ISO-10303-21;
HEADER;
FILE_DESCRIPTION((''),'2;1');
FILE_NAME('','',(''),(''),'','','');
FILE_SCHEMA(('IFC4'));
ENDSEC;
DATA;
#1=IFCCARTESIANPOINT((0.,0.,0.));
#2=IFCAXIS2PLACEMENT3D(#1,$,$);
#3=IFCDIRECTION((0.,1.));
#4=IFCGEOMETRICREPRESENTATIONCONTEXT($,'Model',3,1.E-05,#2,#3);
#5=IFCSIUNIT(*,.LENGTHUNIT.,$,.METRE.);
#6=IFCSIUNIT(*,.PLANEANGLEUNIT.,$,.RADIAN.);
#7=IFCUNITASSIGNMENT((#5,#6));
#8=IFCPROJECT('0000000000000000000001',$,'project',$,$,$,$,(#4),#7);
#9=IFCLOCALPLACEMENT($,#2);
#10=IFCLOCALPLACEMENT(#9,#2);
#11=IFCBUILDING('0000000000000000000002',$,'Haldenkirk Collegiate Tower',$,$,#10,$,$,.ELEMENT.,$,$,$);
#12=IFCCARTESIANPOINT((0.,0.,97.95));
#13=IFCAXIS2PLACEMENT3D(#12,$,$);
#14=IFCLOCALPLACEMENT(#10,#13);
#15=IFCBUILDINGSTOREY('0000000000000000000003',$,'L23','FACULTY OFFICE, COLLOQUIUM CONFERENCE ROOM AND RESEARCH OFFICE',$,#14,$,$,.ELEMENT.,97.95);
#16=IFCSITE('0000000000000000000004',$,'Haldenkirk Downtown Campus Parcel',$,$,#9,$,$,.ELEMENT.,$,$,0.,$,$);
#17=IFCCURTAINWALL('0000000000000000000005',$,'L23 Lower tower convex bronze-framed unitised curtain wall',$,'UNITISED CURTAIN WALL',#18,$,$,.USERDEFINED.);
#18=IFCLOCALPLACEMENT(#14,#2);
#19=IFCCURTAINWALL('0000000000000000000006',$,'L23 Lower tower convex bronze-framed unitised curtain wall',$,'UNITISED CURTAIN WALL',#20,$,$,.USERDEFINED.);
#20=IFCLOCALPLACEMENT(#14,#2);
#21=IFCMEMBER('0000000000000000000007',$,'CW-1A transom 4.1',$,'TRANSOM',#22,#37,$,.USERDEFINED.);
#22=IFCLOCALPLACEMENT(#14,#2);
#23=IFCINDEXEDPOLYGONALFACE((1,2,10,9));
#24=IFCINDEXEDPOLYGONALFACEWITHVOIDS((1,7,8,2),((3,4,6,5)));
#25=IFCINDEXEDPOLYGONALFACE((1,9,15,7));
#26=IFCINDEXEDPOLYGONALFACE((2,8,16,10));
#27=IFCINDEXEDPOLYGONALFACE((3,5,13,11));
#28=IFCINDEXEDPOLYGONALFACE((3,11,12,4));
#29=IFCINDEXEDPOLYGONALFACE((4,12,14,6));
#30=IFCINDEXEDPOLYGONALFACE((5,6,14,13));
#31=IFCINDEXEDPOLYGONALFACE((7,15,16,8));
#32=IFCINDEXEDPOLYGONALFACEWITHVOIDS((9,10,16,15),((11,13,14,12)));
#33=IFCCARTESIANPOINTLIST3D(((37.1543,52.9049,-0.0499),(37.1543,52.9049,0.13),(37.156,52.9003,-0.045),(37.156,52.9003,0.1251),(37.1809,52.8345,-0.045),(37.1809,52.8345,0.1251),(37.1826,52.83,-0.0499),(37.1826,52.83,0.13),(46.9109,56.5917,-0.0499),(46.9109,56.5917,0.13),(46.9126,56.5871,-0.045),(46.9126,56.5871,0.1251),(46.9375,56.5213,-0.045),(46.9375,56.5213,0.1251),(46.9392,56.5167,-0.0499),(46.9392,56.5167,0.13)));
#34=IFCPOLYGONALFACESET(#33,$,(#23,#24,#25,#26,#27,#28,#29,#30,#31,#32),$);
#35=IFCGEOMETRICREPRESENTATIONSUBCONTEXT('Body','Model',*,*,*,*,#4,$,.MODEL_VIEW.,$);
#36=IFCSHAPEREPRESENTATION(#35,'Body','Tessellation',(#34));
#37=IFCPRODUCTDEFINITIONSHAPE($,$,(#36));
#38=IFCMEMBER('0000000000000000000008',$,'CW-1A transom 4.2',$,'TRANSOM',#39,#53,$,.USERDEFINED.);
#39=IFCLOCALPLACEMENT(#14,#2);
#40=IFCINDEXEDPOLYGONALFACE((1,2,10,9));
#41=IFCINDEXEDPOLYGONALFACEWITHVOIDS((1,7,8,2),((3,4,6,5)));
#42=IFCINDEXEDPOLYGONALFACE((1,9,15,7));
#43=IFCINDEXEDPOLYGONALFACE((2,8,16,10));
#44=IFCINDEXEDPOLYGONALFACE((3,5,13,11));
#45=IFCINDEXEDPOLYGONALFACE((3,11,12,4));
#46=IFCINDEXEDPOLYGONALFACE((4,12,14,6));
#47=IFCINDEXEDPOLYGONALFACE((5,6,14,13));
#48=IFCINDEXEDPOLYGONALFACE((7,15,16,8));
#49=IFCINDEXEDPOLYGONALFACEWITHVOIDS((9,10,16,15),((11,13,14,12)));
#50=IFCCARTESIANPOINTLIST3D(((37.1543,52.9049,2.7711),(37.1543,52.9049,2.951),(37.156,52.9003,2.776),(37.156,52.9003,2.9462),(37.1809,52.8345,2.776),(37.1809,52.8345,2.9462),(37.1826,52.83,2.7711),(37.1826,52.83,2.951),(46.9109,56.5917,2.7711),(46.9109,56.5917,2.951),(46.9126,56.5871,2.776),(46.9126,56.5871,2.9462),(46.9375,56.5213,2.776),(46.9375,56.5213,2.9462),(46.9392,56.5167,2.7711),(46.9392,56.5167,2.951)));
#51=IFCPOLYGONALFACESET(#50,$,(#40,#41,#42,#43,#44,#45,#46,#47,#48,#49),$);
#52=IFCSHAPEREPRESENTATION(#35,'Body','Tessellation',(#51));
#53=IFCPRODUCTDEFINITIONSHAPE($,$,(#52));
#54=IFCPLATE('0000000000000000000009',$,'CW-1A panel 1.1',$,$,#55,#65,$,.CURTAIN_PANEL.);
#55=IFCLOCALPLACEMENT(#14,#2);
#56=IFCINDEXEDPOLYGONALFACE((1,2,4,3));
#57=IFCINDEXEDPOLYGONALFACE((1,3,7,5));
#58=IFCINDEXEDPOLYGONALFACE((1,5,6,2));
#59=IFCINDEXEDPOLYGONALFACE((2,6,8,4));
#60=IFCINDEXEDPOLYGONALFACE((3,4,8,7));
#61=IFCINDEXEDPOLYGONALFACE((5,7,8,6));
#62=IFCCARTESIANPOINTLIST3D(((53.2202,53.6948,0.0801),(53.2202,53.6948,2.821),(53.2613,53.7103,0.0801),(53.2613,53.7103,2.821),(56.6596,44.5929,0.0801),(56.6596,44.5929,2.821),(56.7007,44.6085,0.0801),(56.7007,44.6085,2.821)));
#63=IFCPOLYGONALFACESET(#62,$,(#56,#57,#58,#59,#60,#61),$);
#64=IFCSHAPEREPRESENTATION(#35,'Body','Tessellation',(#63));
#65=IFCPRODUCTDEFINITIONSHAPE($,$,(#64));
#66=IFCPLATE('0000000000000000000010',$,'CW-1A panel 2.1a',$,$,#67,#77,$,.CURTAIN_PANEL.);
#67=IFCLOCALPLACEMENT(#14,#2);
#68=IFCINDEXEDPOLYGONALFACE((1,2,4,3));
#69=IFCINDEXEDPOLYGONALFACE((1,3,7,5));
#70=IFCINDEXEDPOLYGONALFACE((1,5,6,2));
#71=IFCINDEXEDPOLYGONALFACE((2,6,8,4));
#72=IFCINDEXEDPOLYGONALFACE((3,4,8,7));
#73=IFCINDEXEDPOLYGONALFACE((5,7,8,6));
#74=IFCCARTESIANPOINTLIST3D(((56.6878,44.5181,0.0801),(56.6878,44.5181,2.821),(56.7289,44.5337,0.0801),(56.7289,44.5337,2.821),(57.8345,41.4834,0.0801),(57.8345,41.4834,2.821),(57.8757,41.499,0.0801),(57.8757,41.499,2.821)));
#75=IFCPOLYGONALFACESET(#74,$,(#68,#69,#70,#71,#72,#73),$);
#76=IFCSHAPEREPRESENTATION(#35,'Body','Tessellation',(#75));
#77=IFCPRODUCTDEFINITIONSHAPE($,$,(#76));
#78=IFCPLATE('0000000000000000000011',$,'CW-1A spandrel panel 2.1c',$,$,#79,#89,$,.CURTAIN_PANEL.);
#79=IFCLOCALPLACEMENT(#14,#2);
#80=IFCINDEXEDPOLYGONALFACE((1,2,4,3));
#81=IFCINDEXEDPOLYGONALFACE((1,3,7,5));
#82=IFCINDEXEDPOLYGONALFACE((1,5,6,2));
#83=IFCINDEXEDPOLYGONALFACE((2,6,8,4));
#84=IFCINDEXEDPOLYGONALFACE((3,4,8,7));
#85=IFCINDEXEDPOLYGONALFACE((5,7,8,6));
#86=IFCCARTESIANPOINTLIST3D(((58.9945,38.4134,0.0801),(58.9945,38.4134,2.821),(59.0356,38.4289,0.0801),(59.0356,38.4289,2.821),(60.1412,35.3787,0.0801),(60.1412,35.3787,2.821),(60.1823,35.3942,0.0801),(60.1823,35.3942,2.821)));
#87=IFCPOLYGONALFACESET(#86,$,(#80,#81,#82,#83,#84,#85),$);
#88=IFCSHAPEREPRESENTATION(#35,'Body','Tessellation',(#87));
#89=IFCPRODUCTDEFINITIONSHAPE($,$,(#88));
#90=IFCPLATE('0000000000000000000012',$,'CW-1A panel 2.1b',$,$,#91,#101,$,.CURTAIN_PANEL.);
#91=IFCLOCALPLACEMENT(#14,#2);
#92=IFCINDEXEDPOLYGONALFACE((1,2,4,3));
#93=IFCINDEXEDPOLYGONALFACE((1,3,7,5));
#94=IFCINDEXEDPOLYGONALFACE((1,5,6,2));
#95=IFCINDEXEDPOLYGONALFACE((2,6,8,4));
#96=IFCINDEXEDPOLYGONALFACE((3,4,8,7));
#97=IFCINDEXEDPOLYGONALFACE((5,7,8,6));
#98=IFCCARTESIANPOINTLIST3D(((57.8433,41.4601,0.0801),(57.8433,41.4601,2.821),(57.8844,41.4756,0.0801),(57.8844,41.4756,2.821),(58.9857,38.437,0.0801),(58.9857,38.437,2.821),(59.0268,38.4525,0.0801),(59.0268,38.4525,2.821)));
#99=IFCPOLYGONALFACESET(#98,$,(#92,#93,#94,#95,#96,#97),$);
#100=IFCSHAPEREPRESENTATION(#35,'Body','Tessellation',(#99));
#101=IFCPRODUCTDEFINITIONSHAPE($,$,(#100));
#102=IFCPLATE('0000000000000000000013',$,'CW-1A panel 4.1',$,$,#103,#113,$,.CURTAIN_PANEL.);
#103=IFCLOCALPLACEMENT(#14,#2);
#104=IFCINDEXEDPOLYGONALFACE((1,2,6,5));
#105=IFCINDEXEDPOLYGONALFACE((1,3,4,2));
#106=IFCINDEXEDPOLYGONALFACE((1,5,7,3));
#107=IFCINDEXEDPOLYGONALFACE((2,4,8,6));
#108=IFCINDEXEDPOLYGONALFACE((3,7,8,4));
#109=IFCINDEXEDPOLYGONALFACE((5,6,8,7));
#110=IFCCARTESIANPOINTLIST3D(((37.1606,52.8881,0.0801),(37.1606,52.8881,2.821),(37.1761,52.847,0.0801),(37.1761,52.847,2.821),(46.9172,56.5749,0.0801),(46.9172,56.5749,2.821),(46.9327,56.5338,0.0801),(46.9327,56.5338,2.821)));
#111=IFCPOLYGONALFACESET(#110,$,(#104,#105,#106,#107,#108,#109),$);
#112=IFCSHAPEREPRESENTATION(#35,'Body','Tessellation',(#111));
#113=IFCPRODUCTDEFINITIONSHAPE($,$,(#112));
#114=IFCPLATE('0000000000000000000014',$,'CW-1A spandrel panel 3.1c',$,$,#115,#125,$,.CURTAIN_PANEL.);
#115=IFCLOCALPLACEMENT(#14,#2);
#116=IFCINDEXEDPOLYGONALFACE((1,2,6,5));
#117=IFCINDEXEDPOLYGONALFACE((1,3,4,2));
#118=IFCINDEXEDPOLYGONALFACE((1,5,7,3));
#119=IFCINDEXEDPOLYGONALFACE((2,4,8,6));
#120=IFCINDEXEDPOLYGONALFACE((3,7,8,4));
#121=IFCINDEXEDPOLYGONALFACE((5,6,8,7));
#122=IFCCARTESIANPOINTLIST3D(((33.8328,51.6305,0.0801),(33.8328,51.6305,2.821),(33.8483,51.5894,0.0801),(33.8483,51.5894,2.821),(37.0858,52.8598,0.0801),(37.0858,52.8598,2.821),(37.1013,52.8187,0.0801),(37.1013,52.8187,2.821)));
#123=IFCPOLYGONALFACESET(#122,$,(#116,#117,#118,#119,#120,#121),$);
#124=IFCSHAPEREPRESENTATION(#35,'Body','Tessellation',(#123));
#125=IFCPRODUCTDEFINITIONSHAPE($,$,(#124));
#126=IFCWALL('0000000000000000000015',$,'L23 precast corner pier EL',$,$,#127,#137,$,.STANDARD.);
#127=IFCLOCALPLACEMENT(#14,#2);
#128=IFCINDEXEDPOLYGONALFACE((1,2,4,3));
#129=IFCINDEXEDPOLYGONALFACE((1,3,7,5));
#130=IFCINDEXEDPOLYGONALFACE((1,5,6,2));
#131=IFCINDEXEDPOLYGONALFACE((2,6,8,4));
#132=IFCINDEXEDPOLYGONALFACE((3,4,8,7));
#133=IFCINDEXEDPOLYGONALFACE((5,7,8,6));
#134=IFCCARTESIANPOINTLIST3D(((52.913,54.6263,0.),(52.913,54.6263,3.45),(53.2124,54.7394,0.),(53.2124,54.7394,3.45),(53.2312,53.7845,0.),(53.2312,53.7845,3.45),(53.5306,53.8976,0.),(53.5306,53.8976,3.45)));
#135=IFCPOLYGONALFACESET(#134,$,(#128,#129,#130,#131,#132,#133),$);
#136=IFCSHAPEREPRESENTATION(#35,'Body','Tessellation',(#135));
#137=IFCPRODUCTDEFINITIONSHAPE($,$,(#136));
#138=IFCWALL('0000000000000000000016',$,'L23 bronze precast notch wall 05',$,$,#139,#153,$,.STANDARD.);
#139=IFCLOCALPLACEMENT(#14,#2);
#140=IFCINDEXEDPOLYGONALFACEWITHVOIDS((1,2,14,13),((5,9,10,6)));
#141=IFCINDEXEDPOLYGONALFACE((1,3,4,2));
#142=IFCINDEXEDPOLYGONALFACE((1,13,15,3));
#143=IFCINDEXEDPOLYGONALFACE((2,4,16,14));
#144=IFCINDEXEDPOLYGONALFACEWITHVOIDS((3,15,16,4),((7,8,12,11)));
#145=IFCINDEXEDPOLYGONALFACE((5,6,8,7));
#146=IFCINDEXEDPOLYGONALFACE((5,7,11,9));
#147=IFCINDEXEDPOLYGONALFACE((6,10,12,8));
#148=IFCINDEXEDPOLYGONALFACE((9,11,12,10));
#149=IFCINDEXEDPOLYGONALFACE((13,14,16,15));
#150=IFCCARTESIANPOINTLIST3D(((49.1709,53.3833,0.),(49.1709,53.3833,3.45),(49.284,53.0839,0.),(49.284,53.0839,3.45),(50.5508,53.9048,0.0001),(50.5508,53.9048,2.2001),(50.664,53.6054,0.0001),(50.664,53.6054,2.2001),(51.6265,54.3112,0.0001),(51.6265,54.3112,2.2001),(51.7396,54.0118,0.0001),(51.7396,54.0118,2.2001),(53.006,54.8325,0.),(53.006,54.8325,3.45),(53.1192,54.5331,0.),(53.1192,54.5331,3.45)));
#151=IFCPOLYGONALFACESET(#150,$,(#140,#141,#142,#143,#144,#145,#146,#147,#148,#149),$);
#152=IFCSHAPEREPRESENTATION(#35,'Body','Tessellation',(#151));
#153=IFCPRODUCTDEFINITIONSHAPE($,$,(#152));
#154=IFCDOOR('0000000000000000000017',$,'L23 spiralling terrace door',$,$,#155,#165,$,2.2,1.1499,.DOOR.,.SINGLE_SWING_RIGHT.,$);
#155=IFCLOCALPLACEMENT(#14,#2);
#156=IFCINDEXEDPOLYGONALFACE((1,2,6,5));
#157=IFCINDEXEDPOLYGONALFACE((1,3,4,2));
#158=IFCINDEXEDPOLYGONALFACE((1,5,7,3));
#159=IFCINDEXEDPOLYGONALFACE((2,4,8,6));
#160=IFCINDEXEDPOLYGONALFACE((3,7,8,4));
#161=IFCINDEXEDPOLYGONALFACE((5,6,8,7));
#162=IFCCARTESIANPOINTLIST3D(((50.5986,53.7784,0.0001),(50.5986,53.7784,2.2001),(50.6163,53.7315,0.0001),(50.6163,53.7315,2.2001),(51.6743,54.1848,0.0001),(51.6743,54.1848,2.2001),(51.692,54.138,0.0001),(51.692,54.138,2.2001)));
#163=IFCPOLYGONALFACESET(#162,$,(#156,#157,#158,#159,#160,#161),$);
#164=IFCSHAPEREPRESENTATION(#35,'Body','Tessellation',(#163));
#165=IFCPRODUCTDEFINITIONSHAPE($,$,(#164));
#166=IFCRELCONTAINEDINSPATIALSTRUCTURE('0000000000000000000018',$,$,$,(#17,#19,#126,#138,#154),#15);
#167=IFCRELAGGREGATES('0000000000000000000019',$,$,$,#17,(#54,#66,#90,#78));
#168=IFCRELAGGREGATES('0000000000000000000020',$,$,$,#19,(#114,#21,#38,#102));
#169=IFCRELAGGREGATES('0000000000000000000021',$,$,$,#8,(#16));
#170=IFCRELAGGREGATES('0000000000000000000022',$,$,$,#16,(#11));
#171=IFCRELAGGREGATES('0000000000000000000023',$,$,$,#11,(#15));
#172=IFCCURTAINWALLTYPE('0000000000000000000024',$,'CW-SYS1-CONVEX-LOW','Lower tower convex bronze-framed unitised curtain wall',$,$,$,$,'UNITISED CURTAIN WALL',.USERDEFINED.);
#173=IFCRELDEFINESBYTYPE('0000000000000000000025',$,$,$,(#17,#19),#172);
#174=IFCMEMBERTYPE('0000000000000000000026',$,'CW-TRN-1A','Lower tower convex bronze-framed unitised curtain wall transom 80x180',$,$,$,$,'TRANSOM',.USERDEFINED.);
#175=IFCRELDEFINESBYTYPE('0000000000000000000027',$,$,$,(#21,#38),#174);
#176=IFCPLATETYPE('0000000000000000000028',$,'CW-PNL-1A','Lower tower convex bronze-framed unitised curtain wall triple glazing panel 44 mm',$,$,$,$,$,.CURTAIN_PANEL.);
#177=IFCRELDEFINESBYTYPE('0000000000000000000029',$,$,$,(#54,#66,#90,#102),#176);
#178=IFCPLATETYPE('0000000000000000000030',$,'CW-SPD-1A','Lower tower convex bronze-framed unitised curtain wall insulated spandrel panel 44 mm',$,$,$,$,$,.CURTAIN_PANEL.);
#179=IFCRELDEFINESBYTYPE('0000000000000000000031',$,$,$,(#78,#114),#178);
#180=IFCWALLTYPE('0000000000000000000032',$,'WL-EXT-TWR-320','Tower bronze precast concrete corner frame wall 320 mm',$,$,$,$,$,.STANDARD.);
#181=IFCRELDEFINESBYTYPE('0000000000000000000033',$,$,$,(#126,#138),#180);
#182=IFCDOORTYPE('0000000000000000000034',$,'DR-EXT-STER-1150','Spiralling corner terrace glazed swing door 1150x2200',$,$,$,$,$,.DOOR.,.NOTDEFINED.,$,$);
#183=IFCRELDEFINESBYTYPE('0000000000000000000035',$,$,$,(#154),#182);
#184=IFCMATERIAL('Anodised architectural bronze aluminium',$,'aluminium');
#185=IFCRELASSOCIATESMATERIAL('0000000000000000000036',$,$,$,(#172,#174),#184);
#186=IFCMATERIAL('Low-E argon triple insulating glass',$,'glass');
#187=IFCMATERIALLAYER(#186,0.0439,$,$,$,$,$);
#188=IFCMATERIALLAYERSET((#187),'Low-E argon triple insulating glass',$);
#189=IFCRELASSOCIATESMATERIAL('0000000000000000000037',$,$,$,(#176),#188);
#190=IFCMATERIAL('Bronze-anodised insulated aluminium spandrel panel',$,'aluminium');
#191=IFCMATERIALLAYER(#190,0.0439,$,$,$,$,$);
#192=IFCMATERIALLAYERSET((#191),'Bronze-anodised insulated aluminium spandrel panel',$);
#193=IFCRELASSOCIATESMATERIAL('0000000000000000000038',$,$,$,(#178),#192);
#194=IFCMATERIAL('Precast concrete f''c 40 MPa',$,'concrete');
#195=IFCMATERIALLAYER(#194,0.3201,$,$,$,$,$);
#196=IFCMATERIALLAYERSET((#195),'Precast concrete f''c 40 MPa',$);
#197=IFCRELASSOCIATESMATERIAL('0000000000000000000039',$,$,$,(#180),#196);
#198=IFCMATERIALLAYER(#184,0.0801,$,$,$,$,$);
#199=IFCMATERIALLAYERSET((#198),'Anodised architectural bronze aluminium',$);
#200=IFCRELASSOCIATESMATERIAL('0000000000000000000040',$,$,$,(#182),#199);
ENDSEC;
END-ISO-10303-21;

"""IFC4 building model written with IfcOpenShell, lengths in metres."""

from ifc_helpers import new_model, si_unit, direction, frame, frame_2d, origin, origin_2d, place, context, subcontext, project, spatial, rectangle, hollow_rectangle, extrude, source, transform, mapped, material, layer, layer_set, material_profile, profile_set, type_object, element, fill, aggregate, save


model = new_model("IFC4")

# Units and contexts
model_context = context("Model", 3, precision=1e-05, world=origin(), true_north=direction((0.0, 1.0)))
body_context = subcontext(model_context, "Body", "Model", "MODEL_VIEW")
ifc_project = project(units=[si_unit("LENGTHUNIT", "METRE"), si_unit("PLANEANGLEUNIT", "RADIAN")], contexts=[model_context])

# Site, building, storey
site_placement = place(None, origin())
site = spatial("IfcSite", under=ifc_project, at=site_placement, Name="Haldenkirk Downtown Campus Parcel", CompositionType="ELEMENT", RefElevation=0.0)
building_placement = place(site_placement, origin())
building = spatial("IfcBuilding", under=site, at=building_placement, Name="Haldenkirk Collegiate Tower", CompositionType="ELEMENT")
storey_placement = place(building_placement, frame((0.0, 0.0, 97.95)))
storey = spatial("IfcBuildingStorey", under=building, at=storey_placement, Name="L23", Description="FACULTY OFFICE, COLLOQUIUM CONFERENCE ROOM AND RESEARCH OFFICE", CompositionType="ELEMENT", Elevation=97.95)

# Curtain walls
ifc_material_1 = material(Name="Anodised architectural bronze aluminium", Category="aluminium")
curtain_wall_type = type_object("IfcCurtainWallType", Name="CW-SYS1-CONVEX-LOW", Description="Lower tower convex bronze-framed unitised curtain wall", ElementType="UNITISED CURTAIN WALL", PredefinedType="USERDEFINED", material=ifc_material_1)
curtain_wall_1_placement = place(storey_placement, origin())
curtain_wall_1 = element("IfcCurtainWall", 1, at=curtain_wall_1_placement, inside=storey, type_object=curtain_wall_type, Name="L23 Lower tower convex bronze-framed unitised curtain wall", ObjectType="UNITISED CURTAIN WALL", PredefinedType="USERDEFINED")
curtain_wall_2_placement = place(storey_placement, origin())
curtain_wall_2 = element("IfcCurtainWall", 2, at=curtain_wall_2_placement, inside=storey, type_object=curtain_wall_type, Name="L23 Lower tower convex bronze-framed unitised curtain wall", ObjectType="UNITISED CURTAIN WALL", PredefinedType="USERDEFINED")

# Members
ifc_material_profile_1 = material_profile(ifc_material_1, hollow_rectangle(XDim=0.0801, YDim=0.1799, WallThickness=0.0049, at=origin_2d()), Name="CW-TRN-1A")
ifc_profile_set_1 = profile_set([ifc_material_profile_1], Name="Anodised architectural bronze aluminium")
member_type_1 = type_object("IfcMemberType", Name="CW-TRN-1A", Description="Lower tower convex bronze-framed unitised curtain wall transom 80x180", ElementType="TRANSOM", PredefinedType="USERDEFINED", material=ifc_profile_set_1)
member_1_placement = place(storey_placement, frame((37.1685, 52.8674, 0.04), z_axis=(0.935442, 0.35348, 0.0), x_axis=(-0.35348, 0.935442, 0.0)))
member_1 = element("IfcMember", 3, at=member_1_placement, type_object=member_type_1, Name="CW-1A transom 4.1", ObjectType="TRANSOM", PredefinedType="USERDEFINED", context=body_context, shape_type="SweptSolid", body=[
    extrude(hollow_rectangle(XDim=0.0801, YDim=0.1799, WallThickness=0.0049, at=origin_2d()), origin(), (0.0, 0.0, 1.0), 10.4299),
])
member_2_placement = place(storey_placement, frame((37.1685, 52.8674, 2.8611), z_axis=(0.935442, 0.35348, 0.0), x_axis=(-0.35348, 0.935442, 0.0)))
member_2 = element("IfcMember", 4, at=member_2_placement, type_object=member_type_1, Name="CW-1A transom 4.2", ObjectType="TRANSOM", PredefinedType="USERDEFINED", context=body_context, shape_type="SweptSolid", body=[
    extrude(hollow_rectangle(XDim=0.0801, YDim=0.1799, WallThickness=0.0049, at=origin_2d()), origin(), (0.0, 0.0, 1.0), 10.4299),
])

# Plates
ifc_material_2 = material(Name="Low-E argon triple insulating glass", Category="glass")
ifc_layer_1 = layer(ifc_material_2, 0.0439)
ifc_layer_set_1 = layer_set([ifc_layer_1], Name="Low-E argon triple insulating glass")
plate_type_1 = type_object("IfcPlateType", Name="CW-PNL-1A", Description="Lower tower convex bronze-framed unitised curtain wall triple glazing panel 44 mm", PredefinedType="CURTAIN_PANEL", material=ifc_layer_set_1)
shared_shape_1 = source(origin(), body_context, "Body", "SweptSolid", [
    extrude(rectangle(XDim=9.73, YDim=0.0439, at=origin_2d()), origin(), (0.0, 0.0, 1.0), 2.741),
])
plate_1_placement = place(storey_placement, frame((54.9604, 49.1516, 0.0801), z_axis=(0.0, 0.0, 1.0), x_axis=(0.353477, -0.935443, 0.0)))
plate_1 = element("IfcPlate", 5, at=plate_1_placement, type_object=plate_type_1, Name="CW-1A panel 1.1", PredefinedType="CURTAIN_PANEL", context=body_context, shape_type="MappedRepresentation", body=[
    mapped(shared_shape_1, transform((0.0, 0.0, 0.0), x_axis=(1.0, 0.0, 0.0), y_axis=(0.0, 1.0, 0.0), z_axis=(0.0, 0.0, 1.0), scale=1.0)),
])
shared_shape_2 = source(origin(), body_context, "Body", "SweptSolid", [
    extrude(rectangle(XDim=3.2441, YDim=0.0439, at=origin_2d()), origin(), (0.0, 0.0, 1.0), 2.741),
])
plate_2_placement = place(storey_placement, frame((57.2817, 43.0085, 0.0801), z_axis=(0.0, 0.0, 1.0), x_axis=(0.353477, -0.935443, 0.0)))
plate_2 = element("IfcPlate", 6, at=plate_2_placement, type_object=plate_type_1, Name="CW-1A panel 2.1a", PredefinedType="CURTAIN_PANEL", context=body_context, shape_type="MappedRepresentation", body=[
    mapped(shared_shape_2, transform((0.0, 0.0, 0.0), x_axis=(1.0, 0.0, 0.0), y_axis=(0.0, 1.0, 0.0), z_axis=(0.0, 0.0, 1.0), scale=1.0)),
])
ifc_material_3 = material(Name="Bronze-anodised insulated aluminium spandrel panel", Category="aluminium")
ifc_layer_2 = layer(ifc_material_3, 0.0439)
ifc_layer_set_2 = layer_set([ifc_layer_2], Name="Bronze-anodised insulated aluminium spandrel panel")
plate_type_2 = type_object("IfcPlateType", Name="CW-SPD-1A", Description="Lower tower convex bronze-framed unitised curtain wall insulated spandrel panel 44 mm", PredefinedType="CURTAIN_PANEL", material=ifc_layer_set_2)
plate_3_placement = place(storey_placement, frame((59.5884, 36.9038, 0.0801), z_axis=(0.0, 0.0, 1.0), x_axis=(0.353477, -0.935443, 0.0)))
plate_3 = element("IfcPlate", 7, at=plate_3_placement, type_object=plate_type_2, Name="CW-1A spandrel panel 2.1c", PredefinedType="CURTAIN_PANEL", context=body_context, shape_type="MappedRepresentation", body=[
    mapped(shared_shape_2, transform((0.0, 0.0, 0.0), x_axis=(1.0, 0.0, 0.0), y_axis=(0.0, 1.0, 0.0), z_axis=(0.0, 0.0, 1.0), scale=1.0)),
])
shared_shape_3 = source(origin(), body_context, "Body", "SweptSolid", [
    extrude(rectangle(XDim=3.2317, YDim=0.0439, at=origin_2d()), origin(), (0.0, 0.0, 1.0), 2.741),
])
plate_4_placement = place(storey_placement, frame((58.4351, 39.9563, 0.0801), z_axis=(0.0, 0.0, 1.0), x_axis=(0.353477, -0.935443, 0.0)))
plate_4 = element("IfcPlate", 8, at=plate_4_placement, type_object=plate_type_1, Name="CW-1A panel 2.1b", PredefinedType="CURTAIN_PANEL", context=body_context, shape_type="MappedRepresentation", body=[
    mapped(shared_shape_3, transform((0.0, 0.0, 0.0), x_axis=(1.0, 0.0, 0.0), y_axis=(0.0, 1.0, 0.0), z_axis=(0.0, 0.0, 1.0), scale=1.0)),
])
aggregate(curtain_wall_1, [plate_1, plate_2, plate_4, plate_3])
shared_shape_4 = source(origin(), body_context, "Body", "SweptSolid", [
    extrude(rectangle(XDim=10.4299, YDim=0.0439, at=origin_2d()), origin(), (0.0, 0.0, 1.0), 2.741),
])
plate_5_placement = place(storey_placement, frame((42.0466, 54.7109, 0.0801), z_axis=(0.0, 0.0, 1.0), x_axis=(0.935443, 0.353476, 0.0)))
plate_5 = element("IfcPlate", 9, at=plate_5_placement, type_object=plate_type_1, Name="CW-1A panel 4.1", PredefinedType="CURTAIN_PANEL", context=body_context, shape_type="MappedRepresentation", body=[
    mapped(shared_shape_4, transform((0.0, 0.0, 0.0), x_axis=(1.0, 0.0, 0.0), y_axis=(0.0, 1.0, 0.0), z_axis=(0.0, 0.0, 1.0), scale=1.0)),
])
shared_shape_5 = source(origin(), body_context, "Body", "SweptSolid", [
    extrude(rectangle(XDim=3.4775, YDim=0.0439, at=origin_2d()), origin(), (0.0, 0.0, 1.0), 2.741),
])
plate_6_placement = place(storey_placement, frame((35.467, 52.2246, 0.0801), z_axis=(0.0, 0.0, 1.0), x_axis=(0.935443, 0.353476, 0.0)))
plate_6 = element("IfcPlate", 10, at=plate_6_placement, type_object=plate_type_2, Name="CW-1A spandrel panel 3.1c", PredefinedType="CURTAIN_PANEL", context=body_context, shape_type="MappedRepresentation", body=[
    mapped(shared_shape_5, transform((0.0, 0.0, 0.0), x_axis=(1.0, 0.0, 0.0), y_axis=(0.0, 1.0, 0.0), z_axis=(0.0, 0.0, 1.0), scale=1.0)),
])
aggregate(curtain_wall_2, [plate_6, member_1, member_2, plate_5])

# Wall
ifc_material_4 = material(Name="Precast concrete f'c 40 MPa", Category="concrete")
ifc_layer_3 = layer(ifc_material_4, 0.3201)
ifc_layer_set_3 = layer_set([ifc_layer_3], Name="Precast concrete f'c 40 MPa")
wall_type_1 = type_object("IfcWallType", Name="WL-EXT-TWR-320", Description="Tower bronze precast concrete corner frame wall 320 mm", PredefinedType="STANDARD", material=ifc_layer_set_3)
wall_1_placement = place(storey_placement, frame((53.0627, 54.6829, 0.0), z_axis=(0.0, 0.0, 1.0), x_axis=(0.353501, -0.935434, 0.0)))
element("IfcWall", 11, at=wall_1_placement, inside=storey, type_object=wall_type_1, Name="L23 precast corner pier EL", PredefinedType="STANDARD", context=body_context, shape_type="SweptSolid", body=[
    extrude(rectangle(XDim=0.8999, YDim=0.3201, at=frame_2d((0.45, 0.0))), origin(), (0.0, 0.0, 1.0), 3.45),
])

# Wall, opening, door
wall_2_placement = place(storey_placement, frame((49.2275, 53.2336, 0.0), z_axis=(0.0, 0.0, 1.0), x_axis=(0.935443, 0.353478, 0.0)))
wall_2 = element("IfcWall", 12, at=wall_2_placement, inside=storey, type_object=wall_type_1, Name="L23 bronze precast notch wall 05", PredefinedType="STANDARD", context=body_context, shape_type="SweptSolid", body=[
    extrude(rectangle(XDim=4.0999, YDim=0.3201, at=frame_2d((2.0498, 0.0))), origin(), (0.0, 0.0, 1.0), 3.45),
])
opening_1_placement = place(wall_2_placement, frame((1.4751, 0.0, 0.0)))
opening_1 = element("IfcOpeningElement", 13, at=opening_1_placement, cuts=wall_2, PredefinedType="OPENING", context=body_context, shape_type="SweptSolid", body=[
    extrude(rectangle(XDim=1.1499, YDim=2.2, at=frame_2d((0.575, 1.1001))), frame((0.0, 0.1699, 0.0), z_axis=(0.0, -1.0, 0.0), x_axis=(1.0, 0.0, 0.0)), (0.0, 0.0, 1.0), 0.3401),
])
ifc_layer_4 = layer(ifc_material_1, 0.0801)
ifc_layer_set_4 = layer_set([ifc_layer_4], Name="Anodised architectural bronze aluminium")
door_type = type_object("IfcDoorType", Name="DR-EXT-STER-1150", Description="Spiralling corner terrace glazed swing door 1150x2200", OperationType="NOTDEFINED", PredefinedType="DOOR", material=ifc_layer_set_4)
door_placement = place(opening_1_placement, origin())
door = element("IfcDoor", 14, at=door_placement, inside=storey, type_object=door_type, Name="L23 spiralling terrace door", OperationType="SINGLE_SWING_RIGHT", OverallHeight=2.2, OverallWidth=1.1499, PredefinedType="DOOR", context=body_context, shape_type="SweptSolid", body=[
    extrude(rectangle(XDim=1.1499, YDim=2.2, at=frame_2d((0.575, 1.1001))), frame((0.0, 0.0249, 0.0), z_axis=(0.0, -1.0, 0.0), x_axis=(1.0, 0.0, 0.0)), (0.0, 0.0, 1.0), 0.05),
])
fill(opening_1, door)

save(model, "model.ifc")
